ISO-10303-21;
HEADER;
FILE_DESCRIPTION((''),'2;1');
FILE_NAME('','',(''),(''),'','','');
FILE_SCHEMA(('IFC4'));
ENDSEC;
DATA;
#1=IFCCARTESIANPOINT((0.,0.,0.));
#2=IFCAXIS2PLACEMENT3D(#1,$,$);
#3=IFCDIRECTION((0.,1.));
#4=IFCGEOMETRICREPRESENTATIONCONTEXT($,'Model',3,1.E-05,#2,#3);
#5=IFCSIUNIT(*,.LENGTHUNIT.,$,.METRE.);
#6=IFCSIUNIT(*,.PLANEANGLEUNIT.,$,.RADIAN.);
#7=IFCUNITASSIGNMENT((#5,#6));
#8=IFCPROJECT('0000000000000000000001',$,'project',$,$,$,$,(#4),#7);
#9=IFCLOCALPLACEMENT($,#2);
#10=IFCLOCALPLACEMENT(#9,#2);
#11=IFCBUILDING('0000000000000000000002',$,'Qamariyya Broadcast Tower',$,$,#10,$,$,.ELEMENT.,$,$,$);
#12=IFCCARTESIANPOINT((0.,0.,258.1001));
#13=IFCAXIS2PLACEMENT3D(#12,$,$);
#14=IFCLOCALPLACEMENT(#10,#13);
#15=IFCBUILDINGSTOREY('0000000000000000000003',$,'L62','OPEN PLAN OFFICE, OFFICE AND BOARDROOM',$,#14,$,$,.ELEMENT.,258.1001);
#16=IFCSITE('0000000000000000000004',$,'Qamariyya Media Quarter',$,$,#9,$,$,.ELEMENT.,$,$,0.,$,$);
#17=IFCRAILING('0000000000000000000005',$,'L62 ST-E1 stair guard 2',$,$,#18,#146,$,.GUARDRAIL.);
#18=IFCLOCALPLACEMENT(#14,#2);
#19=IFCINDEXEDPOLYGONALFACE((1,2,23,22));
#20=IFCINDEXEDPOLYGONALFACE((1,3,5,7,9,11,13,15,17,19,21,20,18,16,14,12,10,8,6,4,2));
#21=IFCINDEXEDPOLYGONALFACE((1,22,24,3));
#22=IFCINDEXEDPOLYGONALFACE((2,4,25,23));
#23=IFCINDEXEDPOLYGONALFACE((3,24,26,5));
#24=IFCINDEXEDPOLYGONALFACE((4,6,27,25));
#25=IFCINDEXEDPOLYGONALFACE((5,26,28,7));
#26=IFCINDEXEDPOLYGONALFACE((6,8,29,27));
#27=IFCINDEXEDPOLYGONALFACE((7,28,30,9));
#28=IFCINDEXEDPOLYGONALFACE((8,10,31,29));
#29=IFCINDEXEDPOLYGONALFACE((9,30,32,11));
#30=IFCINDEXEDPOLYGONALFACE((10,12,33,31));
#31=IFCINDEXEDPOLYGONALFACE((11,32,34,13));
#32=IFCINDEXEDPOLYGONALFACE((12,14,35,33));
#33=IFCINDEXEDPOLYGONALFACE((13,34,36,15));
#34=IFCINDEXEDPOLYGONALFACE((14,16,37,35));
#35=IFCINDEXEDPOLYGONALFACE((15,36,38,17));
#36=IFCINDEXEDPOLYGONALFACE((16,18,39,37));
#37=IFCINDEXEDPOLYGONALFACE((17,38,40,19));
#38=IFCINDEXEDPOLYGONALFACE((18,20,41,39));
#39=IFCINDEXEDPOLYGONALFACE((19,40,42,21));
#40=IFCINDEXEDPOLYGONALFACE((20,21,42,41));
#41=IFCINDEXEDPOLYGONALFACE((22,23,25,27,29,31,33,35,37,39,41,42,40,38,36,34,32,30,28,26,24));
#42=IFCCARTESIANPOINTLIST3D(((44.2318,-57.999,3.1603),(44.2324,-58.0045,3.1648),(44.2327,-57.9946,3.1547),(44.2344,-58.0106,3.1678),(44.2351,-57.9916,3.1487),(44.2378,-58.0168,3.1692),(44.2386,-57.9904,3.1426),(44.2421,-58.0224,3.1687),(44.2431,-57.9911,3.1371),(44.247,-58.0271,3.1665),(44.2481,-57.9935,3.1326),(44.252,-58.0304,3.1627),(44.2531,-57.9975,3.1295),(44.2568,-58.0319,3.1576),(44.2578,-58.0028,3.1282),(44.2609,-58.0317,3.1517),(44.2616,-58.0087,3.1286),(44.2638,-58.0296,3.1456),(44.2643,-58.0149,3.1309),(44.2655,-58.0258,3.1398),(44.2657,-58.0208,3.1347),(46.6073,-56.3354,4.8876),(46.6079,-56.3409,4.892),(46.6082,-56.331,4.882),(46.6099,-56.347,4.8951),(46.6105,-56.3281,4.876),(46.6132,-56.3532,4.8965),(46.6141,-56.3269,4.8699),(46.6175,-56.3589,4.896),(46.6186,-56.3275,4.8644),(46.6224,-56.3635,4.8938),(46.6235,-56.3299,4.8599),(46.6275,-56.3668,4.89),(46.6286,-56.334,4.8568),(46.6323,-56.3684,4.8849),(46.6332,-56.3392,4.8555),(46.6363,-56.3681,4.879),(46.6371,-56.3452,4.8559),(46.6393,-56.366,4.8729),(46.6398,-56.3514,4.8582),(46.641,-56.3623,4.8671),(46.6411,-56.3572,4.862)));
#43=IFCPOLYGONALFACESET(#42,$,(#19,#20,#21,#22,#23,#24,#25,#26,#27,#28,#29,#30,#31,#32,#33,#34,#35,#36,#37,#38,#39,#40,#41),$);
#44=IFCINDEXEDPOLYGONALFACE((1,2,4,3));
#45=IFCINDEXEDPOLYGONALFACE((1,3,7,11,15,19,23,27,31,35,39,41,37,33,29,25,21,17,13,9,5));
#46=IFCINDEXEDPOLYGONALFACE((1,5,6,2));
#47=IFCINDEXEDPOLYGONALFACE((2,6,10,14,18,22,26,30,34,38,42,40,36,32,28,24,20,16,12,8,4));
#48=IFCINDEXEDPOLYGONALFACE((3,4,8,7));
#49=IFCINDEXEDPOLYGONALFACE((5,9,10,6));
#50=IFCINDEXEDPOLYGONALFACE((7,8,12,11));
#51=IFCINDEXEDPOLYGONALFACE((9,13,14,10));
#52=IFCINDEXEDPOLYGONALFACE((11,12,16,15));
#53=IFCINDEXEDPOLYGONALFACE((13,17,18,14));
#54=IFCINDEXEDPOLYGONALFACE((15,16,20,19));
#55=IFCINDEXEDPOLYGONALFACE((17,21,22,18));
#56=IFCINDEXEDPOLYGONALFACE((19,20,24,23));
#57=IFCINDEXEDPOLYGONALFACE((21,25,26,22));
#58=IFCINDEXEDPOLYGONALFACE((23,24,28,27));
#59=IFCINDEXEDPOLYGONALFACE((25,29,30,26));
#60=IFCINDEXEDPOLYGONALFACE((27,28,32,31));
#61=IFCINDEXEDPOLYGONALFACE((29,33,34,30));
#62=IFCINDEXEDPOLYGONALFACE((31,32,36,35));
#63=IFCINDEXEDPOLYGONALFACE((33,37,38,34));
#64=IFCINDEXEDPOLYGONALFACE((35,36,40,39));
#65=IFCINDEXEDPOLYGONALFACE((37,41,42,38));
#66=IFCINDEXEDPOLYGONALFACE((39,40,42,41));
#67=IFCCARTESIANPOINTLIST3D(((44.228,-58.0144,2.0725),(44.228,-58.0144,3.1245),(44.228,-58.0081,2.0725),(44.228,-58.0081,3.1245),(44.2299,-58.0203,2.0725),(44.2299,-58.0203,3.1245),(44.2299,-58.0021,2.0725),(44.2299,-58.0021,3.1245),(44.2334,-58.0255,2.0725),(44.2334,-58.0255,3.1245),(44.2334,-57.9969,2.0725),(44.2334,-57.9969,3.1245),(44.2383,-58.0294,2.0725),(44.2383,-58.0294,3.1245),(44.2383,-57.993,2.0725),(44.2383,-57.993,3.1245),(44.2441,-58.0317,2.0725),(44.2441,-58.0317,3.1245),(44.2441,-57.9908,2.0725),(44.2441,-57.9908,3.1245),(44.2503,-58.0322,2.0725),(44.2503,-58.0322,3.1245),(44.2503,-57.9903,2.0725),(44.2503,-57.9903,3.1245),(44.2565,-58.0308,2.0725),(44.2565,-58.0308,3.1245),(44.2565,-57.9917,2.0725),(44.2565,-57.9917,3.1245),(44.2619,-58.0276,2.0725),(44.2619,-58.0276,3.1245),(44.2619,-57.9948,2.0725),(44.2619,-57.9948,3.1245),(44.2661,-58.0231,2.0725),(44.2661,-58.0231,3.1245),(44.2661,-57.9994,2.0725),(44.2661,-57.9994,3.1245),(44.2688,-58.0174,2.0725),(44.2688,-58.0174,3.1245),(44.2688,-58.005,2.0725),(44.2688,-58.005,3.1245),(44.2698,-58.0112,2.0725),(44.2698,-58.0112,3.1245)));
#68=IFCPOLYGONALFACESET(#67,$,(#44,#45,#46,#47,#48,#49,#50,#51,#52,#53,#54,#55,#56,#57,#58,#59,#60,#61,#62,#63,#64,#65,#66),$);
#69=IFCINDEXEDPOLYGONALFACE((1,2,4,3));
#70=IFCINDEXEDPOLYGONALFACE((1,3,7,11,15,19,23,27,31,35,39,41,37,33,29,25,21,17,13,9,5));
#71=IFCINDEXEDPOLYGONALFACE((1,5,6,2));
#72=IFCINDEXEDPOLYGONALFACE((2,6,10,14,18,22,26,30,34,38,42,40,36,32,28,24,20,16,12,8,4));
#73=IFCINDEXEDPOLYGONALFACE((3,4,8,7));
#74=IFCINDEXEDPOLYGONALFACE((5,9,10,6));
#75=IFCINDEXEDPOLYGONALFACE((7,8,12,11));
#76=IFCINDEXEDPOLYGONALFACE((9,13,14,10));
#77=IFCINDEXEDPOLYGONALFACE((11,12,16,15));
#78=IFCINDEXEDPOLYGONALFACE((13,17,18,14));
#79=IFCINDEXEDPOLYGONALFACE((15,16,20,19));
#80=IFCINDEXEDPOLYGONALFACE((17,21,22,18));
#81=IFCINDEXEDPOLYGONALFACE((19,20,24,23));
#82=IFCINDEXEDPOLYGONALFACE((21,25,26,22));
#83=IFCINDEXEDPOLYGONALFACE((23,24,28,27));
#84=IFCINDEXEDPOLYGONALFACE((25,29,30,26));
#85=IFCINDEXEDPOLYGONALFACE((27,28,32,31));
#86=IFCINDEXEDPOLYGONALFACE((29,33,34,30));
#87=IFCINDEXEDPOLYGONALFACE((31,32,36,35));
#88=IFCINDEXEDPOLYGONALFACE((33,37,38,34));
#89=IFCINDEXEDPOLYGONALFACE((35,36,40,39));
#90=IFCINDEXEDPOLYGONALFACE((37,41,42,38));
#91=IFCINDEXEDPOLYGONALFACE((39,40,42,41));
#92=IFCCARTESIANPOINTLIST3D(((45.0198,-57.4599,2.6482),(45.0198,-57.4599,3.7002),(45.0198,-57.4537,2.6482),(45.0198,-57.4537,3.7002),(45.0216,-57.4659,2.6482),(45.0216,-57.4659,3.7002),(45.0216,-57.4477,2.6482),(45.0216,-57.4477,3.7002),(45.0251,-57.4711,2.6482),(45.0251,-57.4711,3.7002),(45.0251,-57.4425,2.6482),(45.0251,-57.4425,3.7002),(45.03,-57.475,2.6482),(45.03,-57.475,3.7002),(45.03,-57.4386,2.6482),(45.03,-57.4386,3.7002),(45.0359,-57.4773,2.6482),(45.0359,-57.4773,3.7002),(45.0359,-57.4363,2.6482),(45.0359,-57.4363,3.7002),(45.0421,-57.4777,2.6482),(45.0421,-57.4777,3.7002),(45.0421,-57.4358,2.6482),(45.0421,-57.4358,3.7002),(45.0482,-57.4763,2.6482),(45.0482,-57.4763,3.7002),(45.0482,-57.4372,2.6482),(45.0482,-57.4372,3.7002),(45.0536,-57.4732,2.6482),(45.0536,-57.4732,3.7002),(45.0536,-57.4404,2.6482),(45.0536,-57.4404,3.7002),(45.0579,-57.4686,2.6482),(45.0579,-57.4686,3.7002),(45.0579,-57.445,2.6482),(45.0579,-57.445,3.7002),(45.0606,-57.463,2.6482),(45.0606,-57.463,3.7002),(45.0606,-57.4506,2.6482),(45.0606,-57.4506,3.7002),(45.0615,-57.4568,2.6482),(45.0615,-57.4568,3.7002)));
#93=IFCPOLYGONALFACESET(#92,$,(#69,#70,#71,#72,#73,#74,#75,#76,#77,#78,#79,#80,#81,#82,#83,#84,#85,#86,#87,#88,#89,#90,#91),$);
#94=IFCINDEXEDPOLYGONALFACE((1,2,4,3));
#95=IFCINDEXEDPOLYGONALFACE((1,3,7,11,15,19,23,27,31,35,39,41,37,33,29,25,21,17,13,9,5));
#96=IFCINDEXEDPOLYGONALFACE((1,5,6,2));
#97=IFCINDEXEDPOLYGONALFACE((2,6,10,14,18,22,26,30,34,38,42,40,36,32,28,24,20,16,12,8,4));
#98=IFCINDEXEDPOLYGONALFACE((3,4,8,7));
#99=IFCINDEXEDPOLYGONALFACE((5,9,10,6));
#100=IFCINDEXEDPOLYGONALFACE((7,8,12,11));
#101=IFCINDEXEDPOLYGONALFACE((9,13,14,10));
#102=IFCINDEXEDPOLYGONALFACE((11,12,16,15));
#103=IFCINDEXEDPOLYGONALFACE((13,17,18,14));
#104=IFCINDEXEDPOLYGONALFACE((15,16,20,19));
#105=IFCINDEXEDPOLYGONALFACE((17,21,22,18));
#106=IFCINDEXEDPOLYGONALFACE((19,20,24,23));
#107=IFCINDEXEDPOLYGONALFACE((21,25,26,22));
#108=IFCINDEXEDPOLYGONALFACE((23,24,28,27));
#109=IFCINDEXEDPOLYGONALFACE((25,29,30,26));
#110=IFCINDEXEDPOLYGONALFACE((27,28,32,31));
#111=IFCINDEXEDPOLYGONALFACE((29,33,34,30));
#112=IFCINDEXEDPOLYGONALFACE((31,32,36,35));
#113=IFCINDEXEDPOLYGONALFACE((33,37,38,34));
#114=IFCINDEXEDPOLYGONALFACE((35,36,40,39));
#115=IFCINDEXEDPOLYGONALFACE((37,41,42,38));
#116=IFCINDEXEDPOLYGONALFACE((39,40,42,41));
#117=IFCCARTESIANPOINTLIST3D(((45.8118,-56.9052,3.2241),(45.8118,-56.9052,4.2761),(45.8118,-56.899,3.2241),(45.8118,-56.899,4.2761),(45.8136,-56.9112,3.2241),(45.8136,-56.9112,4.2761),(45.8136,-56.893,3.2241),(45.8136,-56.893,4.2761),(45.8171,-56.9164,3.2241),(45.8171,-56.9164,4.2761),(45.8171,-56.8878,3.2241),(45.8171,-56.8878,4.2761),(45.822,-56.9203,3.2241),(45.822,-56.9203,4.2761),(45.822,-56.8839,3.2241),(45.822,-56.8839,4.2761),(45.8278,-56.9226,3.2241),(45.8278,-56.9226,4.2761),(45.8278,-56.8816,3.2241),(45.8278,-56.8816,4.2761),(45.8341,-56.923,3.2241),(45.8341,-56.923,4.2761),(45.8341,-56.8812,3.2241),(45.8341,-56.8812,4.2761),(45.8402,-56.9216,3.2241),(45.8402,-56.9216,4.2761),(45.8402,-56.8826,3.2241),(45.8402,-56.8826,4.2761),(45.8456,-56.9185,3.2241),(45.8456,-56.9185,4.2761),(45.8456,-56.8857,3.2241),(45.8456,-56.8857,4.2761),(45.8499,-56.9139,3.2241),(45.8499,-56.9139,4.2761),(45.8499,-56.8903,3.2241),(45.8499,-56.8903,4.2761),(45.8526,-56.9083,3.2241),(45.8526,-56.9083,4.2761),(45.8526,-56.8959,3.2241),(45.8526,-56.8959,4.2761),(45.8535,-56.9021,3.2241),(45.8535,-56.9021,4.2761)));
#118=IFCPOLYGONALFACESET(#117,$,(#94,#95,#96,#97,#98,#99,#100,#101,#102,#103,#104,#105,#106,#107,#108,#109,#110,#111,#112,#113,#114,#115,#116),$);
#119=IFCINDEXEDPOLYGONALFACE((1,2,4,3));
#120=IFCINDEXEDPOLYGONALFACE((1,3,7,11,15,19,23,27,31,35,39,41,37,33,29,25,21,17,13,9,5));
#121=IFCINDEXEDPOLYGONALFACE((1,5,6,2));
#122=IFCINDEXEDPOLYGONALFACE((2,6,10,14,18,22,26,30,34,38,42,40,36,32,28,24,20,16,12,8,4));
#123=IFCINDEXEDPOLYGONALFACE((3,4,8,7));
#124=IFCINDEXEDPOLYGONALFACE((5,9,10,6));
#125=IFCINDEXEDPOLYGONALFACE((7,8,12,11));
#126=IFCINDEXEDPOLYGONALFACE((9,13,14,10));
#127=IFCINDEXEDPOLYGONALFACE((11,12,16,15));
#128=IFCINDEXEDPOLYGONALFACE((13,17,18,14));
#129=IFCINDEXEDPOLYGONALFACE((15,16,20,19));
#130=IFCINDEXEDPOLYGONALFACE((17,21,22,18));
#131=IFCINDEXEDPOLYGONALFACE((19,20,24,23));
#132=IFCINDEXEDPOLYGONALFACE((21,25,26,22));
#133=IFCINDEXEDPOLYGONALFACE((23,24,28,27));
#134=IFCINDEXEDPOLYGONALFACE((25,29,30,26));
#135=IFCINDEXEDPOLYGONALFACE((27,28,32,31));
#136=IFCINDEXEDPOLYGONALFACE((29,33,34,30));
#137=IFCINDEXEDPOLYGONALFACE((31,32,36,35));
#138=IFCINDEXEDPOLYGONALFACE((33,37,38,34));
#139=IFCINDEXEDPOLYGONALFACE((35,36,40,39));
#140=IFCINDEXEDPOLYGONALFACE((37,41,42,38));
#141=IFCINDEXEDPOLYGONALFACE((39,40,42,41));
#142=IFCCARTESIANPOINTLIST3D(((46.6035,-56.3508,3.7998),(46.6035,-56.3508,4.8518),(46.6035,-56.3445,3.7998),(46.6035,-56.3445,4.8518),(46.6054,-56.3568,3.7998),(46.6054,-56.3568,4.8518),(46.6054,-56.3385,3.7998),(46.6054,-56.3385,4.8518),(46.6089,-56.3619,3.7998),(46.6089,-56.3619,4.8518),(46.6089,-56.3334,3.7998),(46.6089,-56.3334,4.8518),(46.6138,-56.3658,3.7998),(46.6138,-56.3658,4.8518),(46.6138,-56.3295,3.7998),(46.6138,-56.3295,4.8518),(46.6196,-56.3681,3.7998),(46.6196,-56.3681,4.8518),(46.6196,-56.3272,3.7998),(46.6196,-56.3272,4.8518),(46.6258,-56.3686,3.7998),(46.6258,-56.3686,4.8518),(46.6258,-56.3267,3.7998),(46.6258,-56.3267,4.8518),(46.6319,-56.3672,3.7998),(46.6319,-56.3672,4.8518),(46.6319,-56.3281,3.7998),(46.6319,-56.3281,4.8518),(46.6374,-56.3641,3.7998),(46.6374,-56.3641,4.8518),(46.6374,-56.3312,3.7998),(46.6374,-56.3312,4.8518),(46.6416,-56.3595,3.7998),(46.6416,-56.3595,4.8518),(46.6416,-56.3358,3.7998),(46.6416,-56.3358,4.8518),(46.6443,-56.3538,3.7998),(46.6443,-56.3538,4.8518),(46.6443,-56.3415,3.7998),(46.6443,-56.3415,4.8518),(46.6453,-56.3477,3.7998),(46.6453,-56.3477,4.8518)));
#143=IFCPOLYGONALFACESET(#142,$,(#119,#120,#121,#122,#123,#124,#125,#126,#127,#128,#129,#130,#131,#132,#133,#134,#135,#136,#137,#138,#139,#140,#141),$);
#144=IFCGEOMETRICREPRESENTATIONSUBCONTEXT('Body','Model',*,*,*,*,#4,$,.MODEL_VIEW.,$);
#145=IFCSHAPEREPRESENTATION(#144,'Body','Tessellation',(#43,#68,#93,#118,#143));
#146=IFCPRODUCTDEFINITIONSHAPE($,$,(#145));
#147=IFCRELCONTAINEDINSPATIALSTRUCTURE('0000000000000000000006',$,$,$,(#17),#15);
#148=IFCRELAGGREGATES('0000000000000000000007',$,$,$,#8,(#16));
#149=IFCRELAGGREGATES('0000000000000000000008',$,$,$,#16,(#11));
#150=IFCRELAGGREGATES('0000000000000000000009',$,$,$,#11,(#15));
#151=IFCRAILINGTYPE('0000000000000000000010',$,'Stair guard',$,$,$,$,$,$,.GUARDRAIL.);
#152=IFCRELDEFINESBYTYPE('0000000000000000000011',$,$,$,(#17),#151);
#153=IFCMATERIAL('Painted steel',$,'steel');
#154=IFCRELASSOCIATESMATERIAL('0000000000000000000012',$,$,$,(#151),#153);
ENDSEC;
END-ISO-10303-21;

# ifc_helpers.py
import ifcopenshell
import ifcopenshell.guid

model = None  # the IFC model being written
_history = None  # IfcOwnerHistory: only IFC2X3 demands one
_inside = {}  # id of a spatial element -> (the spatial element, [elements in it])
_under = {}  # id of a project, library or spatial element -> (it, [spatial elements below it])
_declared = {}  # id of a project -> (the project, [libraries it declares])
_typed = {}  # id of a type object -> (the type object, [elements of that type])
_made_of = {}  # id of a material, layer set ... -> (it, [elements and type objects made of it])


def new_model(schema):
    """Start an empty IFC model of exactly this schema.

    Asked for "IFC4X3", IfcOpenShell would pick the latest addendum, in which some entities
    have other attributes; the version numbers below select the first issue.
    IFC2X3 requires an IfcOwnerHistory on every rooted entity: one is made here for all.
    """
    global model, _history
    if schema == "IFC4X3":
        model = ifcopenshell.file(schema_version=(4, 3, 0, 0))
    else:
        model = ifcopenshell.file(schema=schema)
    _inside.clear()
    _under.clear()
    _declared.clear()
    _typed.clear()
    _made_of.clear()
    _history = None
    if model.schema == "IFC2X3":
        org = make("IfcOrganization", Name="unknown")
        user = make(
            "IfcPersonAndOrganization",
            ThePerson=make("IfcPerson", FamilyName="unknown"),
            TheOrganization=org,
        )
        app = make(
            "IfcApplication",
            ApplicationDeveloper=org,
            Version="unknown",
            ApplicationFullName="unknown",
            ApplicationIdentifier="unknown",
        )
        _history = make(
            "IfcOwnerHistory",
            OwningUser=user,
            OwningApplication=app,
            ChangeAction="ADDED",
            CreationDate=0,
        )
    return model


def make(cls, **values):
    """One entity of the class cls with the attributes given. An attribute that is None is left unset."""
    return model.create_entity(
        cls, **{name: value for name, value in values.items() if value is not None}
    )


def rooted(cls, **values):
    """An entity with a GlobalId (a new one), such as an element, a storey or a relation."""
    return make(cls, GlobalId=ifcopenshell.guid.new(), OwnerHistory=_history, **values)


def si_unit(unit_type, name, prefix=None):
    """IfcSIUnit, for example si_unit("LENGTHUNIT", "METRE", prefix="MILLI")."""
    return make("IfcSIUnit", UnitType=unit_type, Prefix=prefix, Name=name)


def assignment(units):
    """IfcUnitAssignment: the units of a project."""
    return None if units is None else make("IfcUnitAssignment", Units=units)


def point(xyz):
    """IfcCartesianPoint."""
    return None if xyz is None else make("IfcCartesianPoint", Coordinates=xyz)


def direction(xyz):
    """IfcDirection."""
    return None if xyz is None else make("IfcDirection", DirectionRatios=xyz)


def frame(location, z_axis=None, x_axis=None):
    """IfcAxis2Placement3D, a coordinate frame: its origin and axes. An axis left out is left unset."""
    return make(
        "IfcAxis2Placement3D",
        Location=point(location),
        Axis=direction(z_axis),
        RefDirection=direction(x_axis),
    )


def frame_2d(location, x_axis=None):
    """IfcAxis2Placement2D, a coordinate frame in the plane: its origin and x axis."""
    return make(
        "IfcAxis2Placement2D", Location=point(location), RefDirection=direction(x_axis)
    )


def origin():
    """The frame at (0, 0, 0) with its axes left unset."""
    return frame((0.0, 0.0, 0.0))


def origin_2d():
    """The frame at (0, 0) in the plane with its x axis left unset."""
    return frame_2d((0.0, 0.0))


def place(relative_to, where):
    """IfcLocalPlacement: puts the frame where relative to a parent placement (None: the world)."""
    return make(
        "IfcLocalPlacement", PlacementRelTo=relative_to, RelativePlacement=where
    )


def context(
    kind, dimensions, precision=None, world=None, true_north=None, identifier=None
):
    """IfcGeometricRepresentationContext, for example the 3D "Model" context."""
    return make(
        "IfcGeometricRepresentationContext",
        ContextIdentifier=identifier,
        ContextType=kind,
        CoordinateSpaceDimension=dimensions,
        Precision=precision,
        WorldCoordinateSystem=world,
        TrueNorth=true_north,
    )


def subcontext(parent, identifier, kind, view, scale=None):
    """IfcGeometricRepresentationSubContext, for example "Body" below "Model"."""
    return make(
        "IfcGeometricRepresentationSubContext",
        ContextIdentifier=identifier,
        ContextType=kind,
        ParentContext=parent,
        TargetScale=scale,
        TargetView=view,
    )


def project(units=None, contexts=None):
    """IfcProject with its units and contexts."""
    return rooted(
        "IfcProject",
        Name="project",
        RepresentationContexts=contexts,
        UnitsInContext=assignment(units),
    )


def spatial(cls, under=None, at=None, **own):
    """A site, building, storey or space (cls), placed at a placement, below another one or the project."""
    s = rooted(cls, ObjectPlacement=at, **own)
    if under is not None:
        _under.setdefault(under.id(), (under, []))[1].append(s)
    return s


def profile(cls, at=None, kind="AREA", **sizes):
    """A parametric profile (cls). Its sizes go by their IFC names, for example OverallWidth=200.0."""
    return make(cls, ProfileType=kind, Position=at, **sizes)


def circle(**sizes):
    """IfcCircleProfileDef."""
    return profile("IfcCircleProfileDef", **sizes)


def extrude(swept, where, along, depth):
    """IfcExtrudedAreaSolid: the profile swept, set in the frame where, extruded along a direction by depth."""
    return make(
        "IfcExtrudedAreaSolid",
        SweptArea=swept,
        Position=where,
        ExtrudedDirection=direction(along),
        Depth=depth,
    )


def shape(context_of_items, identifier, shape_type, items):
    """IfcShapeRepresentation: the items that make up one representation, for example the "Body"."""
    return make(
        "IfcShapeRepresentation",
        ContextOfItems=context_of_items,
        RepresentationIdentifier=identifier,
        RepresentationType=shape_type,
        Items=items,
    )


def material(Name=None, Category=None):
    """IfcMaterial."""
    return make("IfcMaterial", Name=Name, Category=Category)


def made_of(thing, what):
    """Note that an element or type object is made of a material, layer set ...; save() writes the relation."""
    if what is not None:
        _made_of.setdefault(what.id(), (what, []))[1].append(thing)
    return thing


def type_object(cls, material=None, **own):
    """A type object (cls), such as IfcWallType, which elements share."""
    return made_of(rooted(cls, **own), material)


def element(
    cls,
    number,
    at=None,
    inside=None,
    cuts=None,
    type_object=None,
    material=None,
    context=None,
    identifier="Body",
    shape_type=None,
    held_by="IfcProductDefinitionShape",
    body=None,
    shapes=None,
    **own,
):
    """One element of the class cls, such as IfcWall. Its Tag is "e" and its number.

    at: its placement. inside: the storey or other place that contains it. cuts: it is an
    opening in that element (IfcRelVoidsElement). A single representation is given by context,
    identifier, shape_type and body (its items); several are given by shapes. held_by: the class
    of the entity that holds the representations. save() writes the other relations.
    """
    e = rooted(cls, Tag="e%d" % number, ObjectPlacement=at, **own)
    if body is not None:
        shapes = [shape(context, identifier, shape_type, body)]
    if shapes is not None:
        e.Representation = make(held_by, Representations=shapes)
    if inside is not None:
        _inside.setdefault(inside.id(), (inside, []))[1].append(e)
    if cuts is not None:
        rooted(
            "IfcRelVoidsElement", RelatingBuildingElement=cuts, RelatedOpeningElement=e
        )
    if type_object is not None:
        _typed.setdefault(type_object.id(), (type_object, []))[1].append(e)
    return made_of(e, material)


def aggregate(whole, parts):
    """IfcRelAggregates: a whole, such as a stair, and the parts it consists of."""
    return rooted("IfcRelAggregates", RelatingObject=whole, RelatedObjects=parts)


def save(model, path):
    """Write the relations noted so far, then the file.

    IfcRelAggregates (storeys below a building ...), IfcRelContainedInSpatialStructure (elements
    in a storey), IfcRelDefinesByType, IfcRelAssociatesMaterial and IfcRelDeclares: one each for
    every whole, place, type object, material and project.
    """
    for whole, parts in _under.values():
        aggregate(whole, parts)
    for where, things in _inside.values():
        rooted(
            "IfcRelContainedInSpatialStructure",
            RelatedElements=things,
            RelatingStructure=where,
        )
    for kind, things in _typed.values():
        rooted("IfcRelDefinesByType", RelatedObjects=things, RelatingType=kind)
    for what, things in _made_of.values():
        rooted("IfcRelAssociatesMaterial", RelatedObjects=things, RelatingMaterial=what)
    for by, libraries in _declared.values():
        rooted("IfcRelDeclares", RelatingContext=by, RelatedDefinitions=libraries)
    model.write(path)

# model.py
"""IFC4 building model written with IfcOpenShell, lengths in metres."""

from ifc_helpers import new_model, si_unit, direction, frame, origin, origin_2d, place, context, subcontext, project, spatial, circle, extrude, material, type_object, element, save


model = new_model("IFC4")

# Units and contexts
model_context = context("Model", 3, precision=1e-05, world=origin(), true_north=direction((0.0, 1.0)))
body_context = subcontext(model_context, "Body", "Model", "MODEL_VIEW")
ifc_project = project(units=[si_unit("LENGTHUNIT", "METRE"), si_unit("PLANEANGLEUNIT", "RADIAN")], contexts=[model_context])

# Site, building, storey
site_placement = place(None, origin())
site = spatial("IfcSite", under=ifc_project, at=site_placement, Name="Qamariyya Media Quarter", CompositionType="ELEMENT", RefElevation=0.0)
building_placement = place(site_placement, origin())
building = spatial("IfcBuilding", under=site, at=building_placement, Name="Qamariyya Broadcast Tower", CompositionType="ELEMENT")
storey_placement = place(building_placement, frame((0.0, 0.0, 258.1001)))
storey = spatial("IfcBuildingStorey", under=building, at=storey_placement, Name="L62", Description="OPEN PLAN OFFICE, OFFICE AND BOARDROOM", CompositionType="ELEMENT", Elevation=258.1001)

# Railing
ifc_material_1 = material(Name="Painted steel", Category="steel")
railing_type_1 = type_object("IfcRailingType", Name="Stair guard", PredefinedType="GUARDRAIL", material=ifc_material_1)
railing_1_placement = place(storey_placement, frame((44.2488, -58.0112, 2.0725)))
element("IfcRailing", 1, at=railing_1_placement, inside=storey, type_object=railing_type_1, Name="L62 ST-E1 stair guard 2", PredefinedType="GUARDRAIL", context=body_context, shape_type="SweptSolid", body=[
    extrude(circle(Radius=0.0239, at=origin_2d()), frame((0.0, 0.0, 1.0762), z_axis=(0.703745, 0.492838, 0.511716), x_axis=(-0.573632, 0.819113, 0.0)), (0.0, 0.0, 1.0), 3.3755),
    extrude(circle(Radius=0.021, at=origin_2d()), origin(), (0.0, 0.0, 1.0), 1.052),
    extrude(circle(Radius=0.021, at=origin_2d()), frame((0.7917, 0.5544, 0.5757)), (0.0, 0.0, 1.0), 1.052),
    extrude(circle(Radius=0.021, at=origin_2d()), frame((1.5837, 1.1091, 1.1516)), (0.0, 0.0, 1.0), 1.052),
    extrude(circle(Radius=0.021, at=origin_2d()), frame((2.3755, 1.6636, 1.7273)), (0.0, 0.0, 1.0), 1.052),
])

save(model, "model.ifc")
